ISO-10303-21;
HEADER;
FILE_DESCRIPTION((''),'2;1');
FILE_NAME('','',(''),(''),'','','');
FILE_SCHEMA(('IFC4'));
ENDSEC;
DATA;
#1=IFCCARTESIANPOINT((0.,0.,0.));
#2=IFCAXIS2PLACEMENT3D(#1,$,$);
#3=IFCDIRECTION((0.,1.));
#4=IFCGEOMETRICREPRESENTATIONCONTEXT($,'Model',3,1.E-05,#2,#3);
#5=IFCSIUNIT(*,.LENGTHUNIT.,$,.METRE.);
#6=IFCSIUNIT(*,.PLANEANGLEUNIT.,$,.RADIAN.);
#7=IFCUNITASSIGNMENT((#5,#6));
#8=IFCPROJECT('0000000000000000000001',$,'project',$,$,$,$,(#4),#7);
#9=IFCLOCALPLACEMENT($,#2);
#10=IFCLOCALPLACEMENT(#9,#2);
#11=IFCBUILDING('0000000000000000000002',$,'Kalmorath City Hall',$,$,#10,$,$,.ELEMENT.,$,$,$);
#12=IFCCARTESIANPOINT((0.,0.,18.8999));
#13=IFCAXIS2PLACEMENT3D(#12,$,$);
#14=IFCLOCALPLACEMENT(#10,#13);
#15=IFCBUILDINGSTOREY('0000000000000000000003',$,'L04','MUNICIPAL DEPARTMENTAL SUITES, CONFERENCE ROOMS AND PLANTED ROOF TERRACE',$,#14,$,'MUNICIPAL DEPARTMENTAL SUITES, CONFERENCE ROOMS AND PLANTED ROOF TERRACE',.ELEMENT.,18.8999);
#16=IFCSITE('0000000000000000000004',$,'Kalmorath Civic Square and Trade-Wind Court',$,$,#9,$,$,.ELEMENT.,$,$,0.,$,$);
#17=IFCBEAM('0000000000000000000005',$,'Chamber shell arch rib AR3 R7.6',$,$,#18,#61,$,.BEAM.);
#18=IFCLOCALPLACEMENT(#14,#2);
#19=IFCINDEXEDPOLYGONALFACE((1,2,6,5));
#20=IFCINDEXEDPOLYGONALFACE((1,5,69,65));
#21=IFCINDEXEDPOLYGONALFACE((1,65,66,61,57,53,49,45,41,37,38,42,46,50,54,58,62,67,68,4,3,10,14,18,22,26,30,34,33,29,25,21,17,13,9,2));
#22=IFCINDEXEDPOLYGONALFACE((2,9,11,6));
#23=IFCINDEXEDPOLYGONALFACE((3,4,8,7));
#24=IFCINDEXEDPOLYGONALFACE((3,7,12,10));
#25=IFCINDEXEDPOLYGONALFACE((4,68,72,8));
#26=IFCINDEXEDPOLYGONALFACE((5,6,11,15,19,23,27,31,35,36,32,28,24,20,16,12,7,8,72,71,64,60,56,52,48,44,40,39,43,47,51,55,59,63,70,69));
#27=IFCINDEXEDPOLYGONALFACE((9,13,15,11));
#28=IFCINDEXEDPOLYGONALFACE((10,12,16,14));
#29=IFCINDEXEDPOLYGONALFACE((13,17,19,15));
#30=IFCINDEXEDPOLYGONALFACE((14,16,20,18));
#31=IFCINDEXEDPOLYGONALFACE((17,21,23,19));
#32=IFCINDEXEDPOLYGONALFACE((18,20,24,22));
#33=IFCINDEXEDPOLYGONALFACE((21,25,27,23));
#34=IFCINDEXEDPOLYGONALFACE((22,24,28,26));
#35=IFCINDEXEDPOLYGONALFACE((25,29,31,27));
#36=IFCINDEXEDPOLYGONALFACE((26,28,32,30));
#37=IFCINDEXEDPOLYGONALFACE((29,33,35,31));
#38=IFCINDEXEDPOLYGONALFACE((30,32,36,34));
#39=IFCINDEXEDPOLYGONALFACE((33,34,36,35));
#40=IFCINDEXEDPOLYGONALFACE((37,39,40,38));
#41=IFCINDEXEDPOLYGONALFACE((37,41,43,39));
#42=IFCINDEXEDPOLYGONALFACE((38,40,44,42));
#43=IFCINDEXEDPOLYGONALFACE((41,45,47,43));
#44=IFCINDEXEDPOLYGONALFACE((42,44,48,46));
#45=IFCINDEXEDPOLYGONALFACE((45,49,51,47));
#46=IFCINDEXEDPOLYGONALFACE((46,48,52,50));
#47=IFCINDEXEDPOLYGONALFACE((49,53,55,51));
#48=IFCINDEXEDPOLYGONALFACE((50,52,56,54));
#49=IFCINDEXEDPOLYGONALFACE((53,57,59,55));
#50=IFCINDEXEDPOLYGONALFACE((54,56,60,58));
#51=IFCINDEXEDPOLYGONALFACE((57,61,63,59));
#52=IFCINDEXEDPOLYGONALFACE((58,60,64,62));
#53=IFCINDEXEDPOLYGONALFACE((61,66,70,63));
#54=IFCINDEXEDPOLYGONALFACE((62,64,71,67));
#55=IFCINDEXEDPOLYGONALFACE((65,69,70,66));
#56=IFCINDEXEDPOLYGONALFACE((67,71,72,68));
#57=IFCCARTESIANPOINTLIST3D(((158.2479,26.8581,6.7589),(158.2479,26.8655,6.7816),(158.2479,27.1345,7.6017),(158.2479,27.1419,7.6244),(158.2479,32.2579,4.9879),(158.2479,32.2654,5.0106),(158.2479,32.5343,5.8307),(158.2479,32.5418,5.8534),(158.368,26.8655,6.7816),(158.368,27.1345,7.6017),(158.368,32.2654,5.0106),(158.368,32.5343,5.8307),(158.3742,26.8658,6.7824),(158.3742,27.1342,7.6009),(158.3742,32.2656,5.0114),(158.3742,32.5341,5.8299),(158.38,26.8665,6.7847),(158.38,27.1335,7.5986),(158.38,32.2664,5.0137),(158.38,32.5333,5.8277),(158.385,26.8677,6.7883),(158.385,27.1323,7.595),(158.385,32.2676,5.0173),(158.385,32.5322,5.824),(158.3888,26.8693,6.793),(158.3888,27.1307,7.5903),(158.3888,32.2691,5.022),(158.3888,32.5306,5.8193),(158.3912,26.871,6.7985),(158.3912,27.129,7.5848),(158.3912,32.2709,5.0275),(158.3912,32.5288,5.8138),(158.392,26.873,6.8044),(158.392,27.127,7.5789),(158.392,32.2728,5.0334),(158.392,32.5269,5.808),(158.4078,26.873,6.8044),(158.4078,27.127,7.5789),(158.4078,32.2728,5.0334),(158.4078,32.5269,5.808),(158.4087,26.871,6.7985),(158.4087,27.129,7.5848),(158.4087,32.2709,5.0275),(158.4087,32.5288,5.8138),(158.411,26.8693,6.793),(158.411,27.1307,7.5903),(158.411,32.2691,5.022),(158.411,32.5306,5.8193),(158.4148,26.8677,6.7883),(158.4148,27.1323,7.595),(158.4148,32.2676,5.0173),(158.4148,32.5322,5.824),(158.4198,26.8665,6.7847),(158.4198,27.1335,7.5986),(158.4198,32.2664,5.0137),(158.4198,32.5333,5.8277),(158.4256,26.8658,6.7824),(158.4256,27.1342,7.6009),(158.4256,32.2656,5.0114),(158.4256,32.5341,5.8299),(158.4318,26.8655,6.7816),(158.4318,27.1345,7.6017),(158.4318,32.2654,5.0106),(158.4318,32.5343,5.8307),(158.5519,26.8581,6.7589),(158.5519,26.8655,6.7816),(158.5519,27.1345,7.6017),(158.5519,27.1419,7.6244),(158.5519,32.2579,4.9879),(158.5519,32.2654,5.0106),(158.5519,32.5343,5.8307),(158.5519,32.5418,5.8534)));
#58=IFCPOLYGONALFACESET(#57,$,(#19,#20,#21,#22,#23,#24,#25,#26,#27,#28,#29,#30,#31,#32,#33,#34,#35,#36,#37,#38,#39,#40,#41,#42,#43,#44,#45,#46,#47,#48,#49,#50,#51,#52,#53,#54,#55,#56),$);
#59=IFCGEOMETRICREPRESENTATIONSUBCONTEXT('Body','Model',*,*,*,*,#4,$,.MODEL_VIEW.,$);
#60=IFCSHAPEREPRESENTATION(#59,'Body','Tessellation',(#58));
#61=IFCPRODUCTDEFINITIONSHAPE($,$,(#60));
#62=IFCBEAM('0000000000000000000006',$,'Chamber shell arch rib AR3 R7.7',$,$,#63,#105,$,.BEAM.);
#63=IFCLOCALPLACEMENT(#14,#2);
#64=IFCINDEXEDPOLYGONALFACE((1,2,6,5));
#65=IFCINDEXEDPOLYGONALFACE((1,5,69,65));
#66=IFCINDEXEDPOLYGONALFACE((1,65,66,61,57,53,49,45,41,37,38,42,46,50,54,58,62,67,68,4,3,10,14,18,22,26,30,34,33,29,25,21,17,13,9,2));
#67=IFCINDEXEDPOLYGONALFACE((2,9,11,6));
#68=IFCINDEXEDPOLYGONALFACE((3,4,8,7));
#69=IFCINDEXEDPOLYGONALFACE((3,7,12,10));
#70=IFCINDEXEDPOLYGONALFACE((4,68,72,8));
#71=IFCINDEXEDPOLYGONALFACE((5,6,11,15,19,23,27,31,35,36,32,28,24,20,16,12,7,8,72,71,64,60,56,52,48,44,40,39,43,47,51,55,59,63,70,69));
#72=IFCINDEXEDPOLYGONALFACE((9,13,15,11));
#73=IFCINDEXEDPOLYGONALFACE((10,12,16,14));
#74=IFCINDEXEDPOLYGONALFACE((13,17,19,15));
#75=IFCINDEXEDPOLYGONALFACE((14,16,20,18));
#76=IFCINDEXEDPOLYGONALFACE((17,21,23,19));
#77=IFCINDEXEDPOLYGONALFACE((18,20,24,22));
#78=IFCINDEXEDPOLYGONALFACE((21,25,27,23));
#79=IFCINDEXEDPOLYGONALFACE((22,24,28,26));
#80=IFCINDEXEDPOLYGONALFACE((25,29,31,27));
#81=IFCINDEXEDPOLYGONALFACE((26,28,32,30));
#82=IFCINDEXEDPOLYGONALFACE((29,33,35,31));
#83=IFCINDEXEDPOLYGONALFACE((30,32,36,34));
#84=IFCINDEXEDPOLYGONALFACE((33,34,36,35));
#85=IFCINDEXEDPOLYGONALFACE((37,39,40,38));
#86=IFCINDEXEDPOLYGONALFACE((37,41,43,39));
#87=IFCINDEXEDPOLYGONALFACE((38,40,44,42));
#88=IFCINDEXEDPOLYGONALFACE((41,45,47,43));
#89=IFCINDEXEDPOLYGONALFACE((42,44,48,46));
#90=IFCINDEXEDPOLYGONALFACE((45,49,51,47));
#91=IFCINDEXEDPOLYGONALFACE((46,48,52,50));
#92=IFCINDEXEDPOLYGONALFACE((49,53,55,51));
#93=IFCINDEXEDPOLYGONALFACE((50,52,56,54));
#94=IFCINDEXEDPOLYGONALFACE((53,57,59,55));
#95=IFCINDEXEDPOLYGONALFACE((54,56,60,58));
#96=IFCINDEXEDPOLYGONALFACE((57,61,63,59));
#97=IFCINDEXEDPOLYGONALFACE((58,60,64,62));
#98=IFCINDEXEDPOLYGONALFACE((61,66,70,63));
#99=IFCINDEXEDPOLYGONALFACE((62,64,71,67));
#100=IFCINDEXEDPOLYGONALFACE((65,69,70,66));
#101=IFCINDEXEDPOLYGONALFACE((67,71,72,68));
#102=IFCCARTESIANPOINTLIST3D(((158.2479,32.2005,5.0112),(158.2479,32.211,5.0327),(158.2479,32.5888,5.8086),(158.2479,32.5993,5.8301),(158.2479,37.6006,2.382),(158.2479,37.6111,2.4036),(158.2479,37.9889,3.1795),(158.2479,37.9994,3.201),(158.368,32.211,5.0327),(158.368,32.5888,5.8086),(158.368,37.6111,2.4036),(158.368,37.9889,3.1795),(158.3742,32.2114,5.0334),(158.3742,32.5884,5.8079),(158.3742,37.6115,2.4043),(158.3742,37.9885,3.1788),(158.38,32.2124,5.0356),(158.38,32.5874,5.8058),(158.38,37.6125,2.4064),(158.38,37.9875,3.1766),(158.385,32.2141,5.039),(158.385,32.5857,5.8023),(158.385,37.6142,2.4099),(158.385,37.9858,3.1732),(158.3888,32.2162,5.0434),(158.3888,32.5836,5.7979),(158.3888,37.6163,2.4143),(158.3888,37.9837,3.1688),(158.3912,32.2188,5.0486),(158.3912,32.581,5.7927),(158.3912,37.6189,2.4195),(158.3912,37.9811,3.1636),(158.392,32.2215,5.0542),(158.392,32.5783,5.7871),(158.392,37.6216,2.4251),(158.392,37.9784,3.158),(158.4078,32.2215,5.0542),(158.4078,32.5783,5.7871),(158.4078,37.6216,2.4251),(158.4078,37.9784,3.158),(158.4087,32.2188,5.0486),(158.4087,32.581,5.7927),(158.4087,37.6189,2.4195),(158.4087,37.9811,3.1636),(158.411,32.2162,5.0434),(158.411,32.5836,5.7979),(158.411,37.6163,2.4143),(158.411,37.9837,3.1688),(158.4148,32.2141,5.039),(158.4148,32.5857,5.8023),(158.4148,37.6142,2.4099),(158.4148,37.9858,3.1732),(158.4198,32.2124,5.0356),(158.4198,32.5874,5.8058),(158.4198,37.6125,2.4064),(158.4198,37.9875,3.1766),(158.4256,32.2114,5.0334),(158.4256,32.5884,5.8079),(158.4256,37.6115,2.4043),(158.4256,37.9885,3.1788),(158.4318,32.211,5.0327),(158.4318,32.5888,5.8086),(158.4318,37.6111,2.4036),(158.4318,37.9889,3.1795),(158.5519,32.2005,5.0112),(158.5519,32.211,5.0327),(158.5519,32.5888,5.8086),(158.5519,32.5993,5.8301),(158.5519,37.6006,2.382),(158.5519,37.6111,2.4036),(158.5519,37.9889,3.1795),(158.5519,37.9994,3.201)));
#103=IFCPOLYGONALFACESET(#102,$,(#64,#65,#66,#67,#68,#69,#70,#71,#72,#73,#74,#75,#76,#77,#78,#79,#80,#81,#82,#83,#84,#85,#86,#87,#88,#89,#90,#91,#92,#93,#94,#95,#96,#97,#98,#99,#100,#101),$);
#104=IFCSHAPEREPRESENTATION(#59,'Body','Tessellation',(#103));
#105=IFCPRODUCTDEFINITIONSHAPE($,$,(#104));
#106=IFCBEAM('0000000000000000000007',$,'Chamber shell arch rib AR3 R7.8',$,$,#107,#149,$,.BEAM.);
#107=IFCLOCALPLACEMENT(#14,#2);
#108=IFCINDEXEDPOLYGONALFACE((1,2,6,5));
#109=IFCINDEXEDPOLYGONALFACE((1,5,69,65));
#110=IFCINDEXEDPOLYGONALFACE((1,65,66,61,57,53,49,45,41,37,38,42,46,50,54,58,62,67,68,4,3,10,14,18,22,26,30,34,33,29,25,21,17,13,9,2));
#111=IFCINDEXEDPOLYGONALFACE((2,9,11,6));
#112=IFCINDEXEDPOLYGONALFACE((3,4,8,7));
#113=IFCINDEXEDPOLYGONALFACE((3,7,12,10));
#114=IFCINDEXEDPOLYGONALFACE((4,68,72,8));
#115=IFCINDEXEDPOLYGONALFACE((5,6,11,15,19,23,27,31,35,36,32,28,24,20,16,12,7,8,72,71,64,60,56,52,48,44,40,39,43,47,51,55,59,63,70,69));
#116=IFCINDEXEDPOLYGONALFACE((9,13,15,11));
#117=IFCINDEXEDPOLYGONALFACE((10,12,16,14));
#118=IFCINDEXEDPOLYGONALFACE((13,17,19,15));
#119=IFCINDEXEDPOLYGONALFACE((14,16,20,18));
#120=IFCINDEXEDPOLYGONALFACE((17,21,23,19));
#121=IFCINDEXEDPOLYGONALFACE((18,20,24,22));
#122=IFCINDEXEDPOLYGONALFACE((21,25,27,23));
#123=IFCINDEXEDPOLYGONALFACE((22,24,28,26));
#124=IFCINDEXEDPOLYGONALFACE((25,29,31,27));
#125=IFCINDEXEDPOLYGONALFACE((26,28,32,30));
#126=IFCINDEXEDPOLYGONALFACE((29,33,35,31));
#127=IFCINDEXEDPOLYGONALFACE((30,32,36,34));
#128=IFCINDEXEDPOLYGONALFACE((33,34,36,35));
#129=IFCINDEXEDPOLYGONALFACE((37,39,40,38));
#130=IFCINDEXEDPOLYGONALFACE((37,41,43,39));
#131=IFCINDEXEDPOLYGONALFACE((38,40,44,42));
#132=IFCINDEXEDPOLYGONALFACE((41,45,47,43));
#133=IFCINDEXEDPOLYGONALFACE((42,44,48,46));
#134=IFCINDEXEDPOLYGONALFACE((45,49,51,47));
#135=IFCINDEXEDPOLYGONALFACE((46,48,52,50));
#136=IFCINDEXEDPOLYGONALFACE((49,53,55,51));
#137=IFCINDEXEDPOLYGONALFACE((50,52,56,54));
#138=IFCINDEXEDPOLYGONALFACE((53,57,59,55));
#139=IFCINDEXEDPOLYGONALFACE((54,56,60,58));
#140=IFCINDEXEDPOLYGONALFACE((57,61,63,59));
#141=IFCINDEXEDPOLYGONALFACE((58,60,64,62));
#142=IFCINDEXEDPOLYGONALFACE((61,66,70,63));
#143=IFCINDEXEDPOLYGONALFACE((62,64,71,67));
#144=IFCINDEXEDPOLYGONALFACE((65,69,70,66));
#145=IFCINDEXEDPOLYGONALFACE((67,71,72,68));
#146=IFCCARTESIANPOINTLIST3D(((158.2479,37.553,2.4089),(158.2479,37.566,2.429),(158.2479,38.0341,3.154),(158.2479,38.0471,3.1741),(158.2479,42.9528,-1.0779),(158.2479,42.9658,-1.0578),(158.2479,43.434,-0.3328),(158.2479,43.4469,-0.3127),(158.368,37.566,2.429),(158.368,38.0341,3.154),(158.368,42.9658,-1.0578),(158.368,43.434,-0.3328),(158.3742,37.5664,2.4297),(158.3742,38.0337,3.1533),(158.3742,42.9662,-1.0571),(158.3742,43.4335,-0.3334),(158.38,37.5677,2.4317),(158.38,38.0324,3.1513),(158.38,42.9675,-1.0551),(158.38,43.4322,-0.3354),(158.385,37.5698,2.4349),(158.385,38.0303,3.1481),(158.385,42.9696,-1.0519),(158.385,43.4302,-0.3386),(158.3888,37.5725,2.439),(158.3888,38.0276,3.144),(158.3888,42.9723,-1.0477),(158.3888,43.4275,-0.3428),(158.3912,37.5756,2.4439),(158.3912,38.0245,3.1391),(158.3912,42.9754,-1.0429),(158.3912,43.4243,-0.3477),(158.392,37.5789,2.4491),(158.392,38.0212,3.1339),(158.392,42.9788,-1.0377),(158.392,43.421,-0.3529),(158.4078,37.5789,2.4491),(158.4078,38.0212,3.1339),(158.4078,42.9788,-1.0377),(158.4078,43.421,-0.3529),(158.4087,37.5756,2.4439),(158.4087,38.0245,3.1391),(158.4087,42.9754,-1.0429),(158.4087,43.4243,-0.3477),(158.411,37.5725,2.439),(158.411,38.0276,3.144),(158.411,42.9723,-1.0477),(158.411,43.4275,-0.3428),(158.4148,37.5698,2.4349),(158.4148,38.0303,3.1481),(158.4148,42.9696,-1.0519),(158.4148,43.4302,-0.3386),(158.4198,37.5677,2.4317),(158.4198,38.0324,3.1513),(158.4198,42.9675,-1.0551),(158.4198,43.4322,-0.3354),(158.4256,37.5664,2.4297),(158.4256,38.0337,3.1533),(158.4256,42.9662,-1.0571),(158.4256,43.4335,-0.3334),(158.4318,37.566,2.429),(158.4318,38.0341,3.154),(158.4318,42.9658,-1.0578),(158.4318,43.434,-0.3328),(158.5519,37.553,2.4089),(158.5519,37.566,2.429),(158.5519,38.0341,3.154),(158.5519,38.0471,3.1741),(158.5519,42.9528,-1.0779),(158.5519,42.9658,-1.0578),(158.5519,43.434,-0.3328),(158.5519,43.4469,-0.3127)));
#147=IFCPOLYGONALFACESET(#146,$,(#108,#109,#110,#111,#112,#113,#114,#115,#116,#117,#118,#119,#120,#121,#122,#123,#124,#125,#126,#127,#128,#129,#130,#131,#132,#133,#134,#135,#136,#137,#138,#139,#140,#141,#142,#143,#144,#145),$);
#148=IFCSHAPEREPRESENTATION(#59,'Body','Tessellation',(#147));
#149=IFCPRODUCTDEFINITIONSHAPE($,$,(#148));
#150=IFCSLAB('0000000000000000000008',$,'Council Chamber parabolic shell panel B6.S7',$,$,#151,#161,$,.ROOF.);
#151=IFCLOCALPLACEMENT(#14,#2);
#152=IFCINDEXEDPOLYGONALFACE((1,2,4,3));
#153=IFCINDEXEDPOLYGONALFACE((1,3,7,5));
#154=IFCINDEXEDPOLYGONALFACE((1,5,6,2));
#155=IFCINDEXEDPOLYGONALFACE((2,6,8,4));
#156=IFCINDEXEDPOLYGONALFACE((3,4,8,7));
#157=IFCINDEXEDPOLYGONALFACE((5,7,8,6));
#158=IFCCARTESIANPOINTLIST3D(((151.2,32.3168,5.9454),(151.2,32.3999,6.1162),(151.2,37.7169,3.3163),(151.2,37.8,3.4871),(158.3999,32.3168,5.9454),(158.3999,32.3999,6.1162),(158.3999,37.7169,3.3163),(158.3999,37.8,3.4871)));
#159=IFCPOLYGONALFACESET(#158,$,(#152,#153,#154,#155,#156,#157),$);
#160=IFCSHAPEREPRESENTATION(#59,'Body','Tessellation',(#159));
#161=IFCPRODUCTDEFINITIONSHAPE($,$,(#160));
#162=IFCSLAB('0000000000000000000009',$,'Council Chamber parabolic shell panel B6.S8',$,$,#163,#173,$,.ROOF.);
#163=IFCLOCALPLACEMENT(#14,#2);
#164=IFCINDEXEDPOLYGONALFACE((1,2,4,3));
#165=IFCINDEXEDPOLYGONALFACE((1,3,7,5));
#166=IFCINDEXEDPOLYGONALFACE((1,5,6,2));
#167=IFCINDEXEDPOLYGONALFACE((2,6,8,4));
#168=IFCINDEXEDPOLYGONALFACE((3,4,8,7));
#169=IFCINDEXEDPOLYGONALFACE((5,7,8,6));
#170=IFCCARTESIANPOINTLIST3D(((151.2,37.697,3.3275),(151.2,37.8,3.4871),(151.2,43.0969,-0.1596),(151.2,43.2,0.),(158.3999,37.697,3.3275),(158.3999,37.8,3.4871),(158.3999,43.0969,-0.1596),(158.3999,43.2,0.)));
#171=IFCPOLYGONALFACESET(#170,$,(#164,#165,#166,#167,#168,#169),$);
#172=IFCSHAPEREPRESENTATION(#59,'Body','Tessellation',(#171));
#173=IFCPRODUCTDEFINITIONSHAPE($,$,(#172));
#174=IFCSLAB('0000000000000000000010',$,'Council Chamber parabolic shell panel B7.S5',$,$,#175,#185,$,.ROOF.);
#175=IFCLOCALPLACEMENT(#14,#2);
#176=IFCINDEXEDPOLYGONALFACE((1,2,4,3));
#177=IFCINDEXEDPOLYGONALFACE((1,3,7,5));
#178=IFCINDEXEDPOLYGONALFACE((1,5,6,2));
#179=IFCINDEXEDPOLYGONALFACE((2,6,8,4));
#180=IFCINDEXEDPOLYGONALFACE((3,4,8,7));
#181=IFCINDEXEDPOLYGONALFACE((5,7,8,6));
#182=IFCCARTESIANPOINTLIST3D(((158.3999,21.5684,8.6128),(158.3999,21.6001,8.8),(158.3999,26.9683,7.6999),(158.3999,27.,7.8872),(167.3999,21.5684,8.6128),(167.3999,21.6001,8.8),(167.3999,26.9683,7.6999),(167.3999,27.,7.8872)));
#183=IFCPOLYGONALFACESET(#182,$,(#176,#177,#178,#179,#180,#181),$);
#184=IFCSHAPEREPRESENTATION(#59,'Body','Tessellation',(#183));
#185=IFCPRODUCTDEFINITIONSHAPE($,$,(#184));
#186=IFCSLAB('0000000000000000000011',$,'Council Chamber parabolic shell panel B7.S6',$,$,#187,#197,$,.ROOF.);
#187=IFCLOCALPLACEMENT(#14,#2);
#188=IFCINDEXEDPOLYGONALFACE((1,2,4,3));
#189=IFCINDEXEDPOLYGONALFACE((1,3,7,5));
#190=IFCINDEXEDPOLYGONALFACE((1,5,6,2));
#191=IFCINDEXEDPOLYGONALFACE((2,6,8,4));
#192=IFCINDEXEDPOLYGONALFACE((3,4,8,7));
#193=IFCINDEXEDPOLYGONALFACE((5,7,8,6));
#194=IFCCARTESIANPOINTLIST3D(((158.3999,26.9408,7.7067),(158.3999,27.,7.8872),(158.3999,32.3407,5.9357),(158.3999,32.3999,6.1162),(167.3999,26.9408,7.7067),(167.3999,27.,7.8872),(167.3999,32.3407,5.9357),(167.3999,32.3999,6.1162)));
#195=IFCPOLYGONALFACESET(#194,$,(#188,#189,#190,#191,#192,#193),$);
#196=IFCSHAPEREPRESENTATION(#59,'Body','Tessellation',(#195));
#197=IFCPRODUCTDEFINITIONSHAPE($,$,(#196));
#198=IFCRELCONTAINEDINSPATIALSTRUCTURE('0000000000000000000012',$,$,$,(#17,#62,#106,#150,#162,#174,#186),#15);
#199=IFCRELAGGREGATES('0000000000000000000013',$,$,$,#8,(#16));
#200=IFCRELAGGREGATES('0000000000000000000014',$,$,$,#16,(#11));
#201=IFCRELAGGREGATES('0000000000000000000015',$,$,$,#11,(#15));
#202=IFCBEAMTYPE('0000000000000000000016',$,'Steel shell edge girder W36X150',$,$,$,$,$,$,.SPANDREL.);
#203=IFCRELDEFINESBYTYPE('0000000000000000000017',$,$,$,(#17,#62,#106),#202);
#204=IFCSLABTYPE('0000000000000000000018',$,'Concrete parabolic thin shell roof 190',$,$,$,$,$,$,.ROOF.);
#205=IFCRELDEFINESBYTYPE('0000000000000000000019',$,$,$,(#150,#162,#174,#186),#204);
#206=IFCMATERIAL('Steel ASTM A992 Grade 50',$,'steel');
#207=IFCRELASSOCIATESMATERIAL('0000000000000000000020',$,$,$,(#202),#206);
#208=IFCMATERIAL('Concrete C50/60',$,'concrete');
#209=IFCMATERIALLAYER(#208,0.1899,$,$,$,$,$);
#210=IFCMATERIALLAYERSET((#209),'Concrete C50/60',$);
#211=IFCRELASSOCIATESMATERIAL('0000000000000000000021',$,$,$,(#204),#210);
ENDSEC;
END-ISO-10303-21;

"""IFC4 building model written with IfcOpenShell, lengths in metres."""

from ifc_helpers import new_model, si_unit, direction, frame, origin, origin_2d, place, context, subcontext, project, spatial, polyline, i_section, outline, extrude, material, layer, layer_set, material_profile, profile_set, type_object, element, save


model = new_model("IFC4")

# Units and contexts
model_context = context("Model", 3, precision=1e-05, world=origin(), true_north=direction((0.0, 1.0)))
body_context = subcontext(model_context, "Body", "Model", "MODEL_VIEW")
ifc_project = project(units=[si_unit("LENGTHUNIT", "METRE"), si_unit("PLANEANGLEUNIT", "RADIAN")], contexts=[model_context])

# Site, building, storey
site_placement = place(None, origin())
site = spatial("IfcSite", under=ifc_project, at=site_placement, Name="Kalmorath Civic Square and Trade-Wind Court", CompositionType="ELEMENT", RefElevation=0.0)
building_placement = place(site_placement, origin())
building = spatial("IfcBuilding", under=site, at=building_placement, Name="Kalmorath City Hall", CompositionType="ELEMENT")
storey_placement = place(building_placement, frame((0.0, 0.0, 18.8999)))
storey = spatial("IfcBuildingStorey", under=building, at=storey_placement, Name="L04", Description="MUNICIPAL DEPARTMENTAL SUITES, CONFERENCE ROOMS AND PLANTED ROOF TERRACE", LongName="MUNICIPAL DEPARTMENTAL SUITES, CONFERENCE ROOMS AND PLANTED ROOF TERRACE", CompositionType="ELEMENT", Elevation=18.8999)

# Beams
ifc_material_1 = material(Name="Steel ASTM A992 Grade 50", Category="steel")
ifc_material_profile_1 = material_profile(ifc_material_1, i_section(OverallWidth=0.304, OverallDepth=0.9109, WebThickness=0.0159, FlangeThickness=0.0239, FilletRadius=0.0239, at=origin_2d()), Name="W36X150")
ifc_profile_set_1 = profile_set([ifc_material_profile_1], Name="Steel ASTM A992 Grade 50")
beam_type_1 = type_object("IfcBeamType", Name="Steel shell edge girder W36X150", PredefinedType="SPANDREL", material=ifc_profile_set_1)
beam_1_placement = place(storey_placement, frame((158.3999, 27.0, 7.1917), z_axis=(0.0, 0.950202, -0.311636), x_axis=(-1.0, 0.0, 0.0)))
element("IfcBeam", 1, at=beam_1_placement, inside=storey, type_object=beam_type_1, Name="Chamber shell arch rib AR3 R7.6", PredefinedType="BEAM", context=body_context, shape_type="SweptSolid", body=[
    extrude(i_section(OverallWidth=0.304, OverallDepth=0.9109, WebThickness=0.0159, FlangeThickness=0.0239, FilletRadius=0.0239, at=origin_2d()), origin(), (0.0, 0.0, 1.0), 5.6829),
])
beam_2_placement = place(storey_placement, frame((158.3999, 32.3999, 5.4207), z_axis=(0.0, 0.899101, -0.437742), x_axis=(-1.0, 0.0, 0.0)))
element("IfcBeam", 2, at=beam_2_placement, inside=storey, type_object=beam_type_1, Name="Chamber shell arch rib AR3 R7.7", PredefinedType="BEAM", context=body_context, shape_type="SweptSolid", body=[
    extrude(i_section(OverallWidth=0.304, OverallDepth=0.9109, WebThickness=0.0159, FlangeThickness=0.0239, FilletRadius=0.0239, at=origin_2d()), origin(), (0.0, 0.0, 1.0), 6.0061),
])
beam_3_placement = place(storey_placement, frame((158.3999, 37.8, 2.7915), z_axis=(0.0, 0.840083, -0.542457), x_axis=(-1.0, 0.0, 0.0)))
element("IfcBeam", 3, at=beam_3_placement, inside=storey, type_object=beam_type_1, Name="Chamber shell arch rib AR3 R7.8", PredefinedType="BEAM", context=body_context, shape_type="SweptSolid", body=[
    extrude(i_section(OverallWidth=0.304, OverallDepth=0.9109, WebThickness=0.0159, FlangeThickness=0.0239, FilletRadius=0.0239, at=origin_2d()), origin(), (0.0, 0.0, 1.0), 6.4277),
])

# Slabs
ifc_material_2 = material(Name="Concrete C50/60", Category="concrete")
ifc_layer_1 = layer(ifc_material_2, 0.1899)
ifc_layer_set_1 = layer_set([ifc_layer_1], Name="Concrete C50/60")
slab_type = type_object("IfcSlabType", Name="Concrete parabolic thin shell roof 190", PredefinedType="ROOF", material=ifc_layer_set_1)
slab_1_placement = place(storey_placement, frame((151.2, 32.3999, 6.1162), z_axis=(0.0, 0.437742, 0.899101), x_axis=(1.0, 0.0, 0.0)))
element("IfcSlab", 4, at=slab_1_placement, inside=storey, type_object=slab_type, Name="Council Chamber parabolic shell panel B6.S7", PredefinedType="ROOF", context=body_context, shape_type="SweptSolid", body=[
    extrude(outline(polyline([(0.0, 0.0), (7.2, 0.0), (7.2, 6.0062), (0.0, 6.0062), (0.0, 0.0)])), origin(), (0.0, 0.0, -1.0), 0.1899),
])
slab_2_placement = place(storey_placement, frame((151.2, 37.8, 3.4871), z_axis=(0.0, 0.542484, 0.840066), x_axis=(1.0, 0.0, 0.0)))
element("IfcSlab", 5, at=slab_2_placement, inside=storey, type_object=slab_type, Name="Council Chamber parabolic shell panel B6.S8", PredefinedType="ROOF", context=body_context, shape_type="SweptSolid", body=[
    extrude(outline(polyline([(0.0, 0.0), (7.2, 0.0), (7.2, 6.4279), (0.0, 6.4279), (0.0, 0.0)])), origin(), (0.0, 0.0, -1.0), 0.1899),
])
slab_3_placement = place(storey_placement, frame((158.3999, 21.6001, 8.8), z_axis=(0.0, 0.166683, 0.986011), x_axis=(1.0, 0.0, 0.0)))
element("IfcSlab", 6, at=slab_3_placement, inside=storey, type_object=slab_type, Name="Council Chamber parabolic shell panel B7.S5", PredefinedType="ROOF", context=body_context, shape_type="SweptSolid", body=[
    extrude(outline(polyline([(0.0, 0.0), (9.0, 0.0), (9.0, 5.4765), (0.0, 5.4765), (0.0, 0.0)])), origin(), (0.0, 0.0, -1.0), 0.1899),
])
slab_4_placement = place(storey_placement, frame((158.3999, 27.0, 7.8872), z_axis=(0.0, 0.311636, 0.950202), x_axis=(1.0, 0.0, 0.0)))
element("IfcSlab", 7, at=slab_4_placement, inside=storey, type_object=slab_type, Name="Council Chamber parabolic shell panel B7.S6", PredefinedType="ROOF", context=body_context, shape_type="SweptSolid", body=[
    extrude(outline(polyline([(0.0, 0.0), (9.0, 0.0), (9.0, 5.6829), (0.0, 5.6829), (0.0, 0.0)])), origin(), (0.0, 0.0, -1.0), 0.1899),
])

save(model, "model.ifc")
